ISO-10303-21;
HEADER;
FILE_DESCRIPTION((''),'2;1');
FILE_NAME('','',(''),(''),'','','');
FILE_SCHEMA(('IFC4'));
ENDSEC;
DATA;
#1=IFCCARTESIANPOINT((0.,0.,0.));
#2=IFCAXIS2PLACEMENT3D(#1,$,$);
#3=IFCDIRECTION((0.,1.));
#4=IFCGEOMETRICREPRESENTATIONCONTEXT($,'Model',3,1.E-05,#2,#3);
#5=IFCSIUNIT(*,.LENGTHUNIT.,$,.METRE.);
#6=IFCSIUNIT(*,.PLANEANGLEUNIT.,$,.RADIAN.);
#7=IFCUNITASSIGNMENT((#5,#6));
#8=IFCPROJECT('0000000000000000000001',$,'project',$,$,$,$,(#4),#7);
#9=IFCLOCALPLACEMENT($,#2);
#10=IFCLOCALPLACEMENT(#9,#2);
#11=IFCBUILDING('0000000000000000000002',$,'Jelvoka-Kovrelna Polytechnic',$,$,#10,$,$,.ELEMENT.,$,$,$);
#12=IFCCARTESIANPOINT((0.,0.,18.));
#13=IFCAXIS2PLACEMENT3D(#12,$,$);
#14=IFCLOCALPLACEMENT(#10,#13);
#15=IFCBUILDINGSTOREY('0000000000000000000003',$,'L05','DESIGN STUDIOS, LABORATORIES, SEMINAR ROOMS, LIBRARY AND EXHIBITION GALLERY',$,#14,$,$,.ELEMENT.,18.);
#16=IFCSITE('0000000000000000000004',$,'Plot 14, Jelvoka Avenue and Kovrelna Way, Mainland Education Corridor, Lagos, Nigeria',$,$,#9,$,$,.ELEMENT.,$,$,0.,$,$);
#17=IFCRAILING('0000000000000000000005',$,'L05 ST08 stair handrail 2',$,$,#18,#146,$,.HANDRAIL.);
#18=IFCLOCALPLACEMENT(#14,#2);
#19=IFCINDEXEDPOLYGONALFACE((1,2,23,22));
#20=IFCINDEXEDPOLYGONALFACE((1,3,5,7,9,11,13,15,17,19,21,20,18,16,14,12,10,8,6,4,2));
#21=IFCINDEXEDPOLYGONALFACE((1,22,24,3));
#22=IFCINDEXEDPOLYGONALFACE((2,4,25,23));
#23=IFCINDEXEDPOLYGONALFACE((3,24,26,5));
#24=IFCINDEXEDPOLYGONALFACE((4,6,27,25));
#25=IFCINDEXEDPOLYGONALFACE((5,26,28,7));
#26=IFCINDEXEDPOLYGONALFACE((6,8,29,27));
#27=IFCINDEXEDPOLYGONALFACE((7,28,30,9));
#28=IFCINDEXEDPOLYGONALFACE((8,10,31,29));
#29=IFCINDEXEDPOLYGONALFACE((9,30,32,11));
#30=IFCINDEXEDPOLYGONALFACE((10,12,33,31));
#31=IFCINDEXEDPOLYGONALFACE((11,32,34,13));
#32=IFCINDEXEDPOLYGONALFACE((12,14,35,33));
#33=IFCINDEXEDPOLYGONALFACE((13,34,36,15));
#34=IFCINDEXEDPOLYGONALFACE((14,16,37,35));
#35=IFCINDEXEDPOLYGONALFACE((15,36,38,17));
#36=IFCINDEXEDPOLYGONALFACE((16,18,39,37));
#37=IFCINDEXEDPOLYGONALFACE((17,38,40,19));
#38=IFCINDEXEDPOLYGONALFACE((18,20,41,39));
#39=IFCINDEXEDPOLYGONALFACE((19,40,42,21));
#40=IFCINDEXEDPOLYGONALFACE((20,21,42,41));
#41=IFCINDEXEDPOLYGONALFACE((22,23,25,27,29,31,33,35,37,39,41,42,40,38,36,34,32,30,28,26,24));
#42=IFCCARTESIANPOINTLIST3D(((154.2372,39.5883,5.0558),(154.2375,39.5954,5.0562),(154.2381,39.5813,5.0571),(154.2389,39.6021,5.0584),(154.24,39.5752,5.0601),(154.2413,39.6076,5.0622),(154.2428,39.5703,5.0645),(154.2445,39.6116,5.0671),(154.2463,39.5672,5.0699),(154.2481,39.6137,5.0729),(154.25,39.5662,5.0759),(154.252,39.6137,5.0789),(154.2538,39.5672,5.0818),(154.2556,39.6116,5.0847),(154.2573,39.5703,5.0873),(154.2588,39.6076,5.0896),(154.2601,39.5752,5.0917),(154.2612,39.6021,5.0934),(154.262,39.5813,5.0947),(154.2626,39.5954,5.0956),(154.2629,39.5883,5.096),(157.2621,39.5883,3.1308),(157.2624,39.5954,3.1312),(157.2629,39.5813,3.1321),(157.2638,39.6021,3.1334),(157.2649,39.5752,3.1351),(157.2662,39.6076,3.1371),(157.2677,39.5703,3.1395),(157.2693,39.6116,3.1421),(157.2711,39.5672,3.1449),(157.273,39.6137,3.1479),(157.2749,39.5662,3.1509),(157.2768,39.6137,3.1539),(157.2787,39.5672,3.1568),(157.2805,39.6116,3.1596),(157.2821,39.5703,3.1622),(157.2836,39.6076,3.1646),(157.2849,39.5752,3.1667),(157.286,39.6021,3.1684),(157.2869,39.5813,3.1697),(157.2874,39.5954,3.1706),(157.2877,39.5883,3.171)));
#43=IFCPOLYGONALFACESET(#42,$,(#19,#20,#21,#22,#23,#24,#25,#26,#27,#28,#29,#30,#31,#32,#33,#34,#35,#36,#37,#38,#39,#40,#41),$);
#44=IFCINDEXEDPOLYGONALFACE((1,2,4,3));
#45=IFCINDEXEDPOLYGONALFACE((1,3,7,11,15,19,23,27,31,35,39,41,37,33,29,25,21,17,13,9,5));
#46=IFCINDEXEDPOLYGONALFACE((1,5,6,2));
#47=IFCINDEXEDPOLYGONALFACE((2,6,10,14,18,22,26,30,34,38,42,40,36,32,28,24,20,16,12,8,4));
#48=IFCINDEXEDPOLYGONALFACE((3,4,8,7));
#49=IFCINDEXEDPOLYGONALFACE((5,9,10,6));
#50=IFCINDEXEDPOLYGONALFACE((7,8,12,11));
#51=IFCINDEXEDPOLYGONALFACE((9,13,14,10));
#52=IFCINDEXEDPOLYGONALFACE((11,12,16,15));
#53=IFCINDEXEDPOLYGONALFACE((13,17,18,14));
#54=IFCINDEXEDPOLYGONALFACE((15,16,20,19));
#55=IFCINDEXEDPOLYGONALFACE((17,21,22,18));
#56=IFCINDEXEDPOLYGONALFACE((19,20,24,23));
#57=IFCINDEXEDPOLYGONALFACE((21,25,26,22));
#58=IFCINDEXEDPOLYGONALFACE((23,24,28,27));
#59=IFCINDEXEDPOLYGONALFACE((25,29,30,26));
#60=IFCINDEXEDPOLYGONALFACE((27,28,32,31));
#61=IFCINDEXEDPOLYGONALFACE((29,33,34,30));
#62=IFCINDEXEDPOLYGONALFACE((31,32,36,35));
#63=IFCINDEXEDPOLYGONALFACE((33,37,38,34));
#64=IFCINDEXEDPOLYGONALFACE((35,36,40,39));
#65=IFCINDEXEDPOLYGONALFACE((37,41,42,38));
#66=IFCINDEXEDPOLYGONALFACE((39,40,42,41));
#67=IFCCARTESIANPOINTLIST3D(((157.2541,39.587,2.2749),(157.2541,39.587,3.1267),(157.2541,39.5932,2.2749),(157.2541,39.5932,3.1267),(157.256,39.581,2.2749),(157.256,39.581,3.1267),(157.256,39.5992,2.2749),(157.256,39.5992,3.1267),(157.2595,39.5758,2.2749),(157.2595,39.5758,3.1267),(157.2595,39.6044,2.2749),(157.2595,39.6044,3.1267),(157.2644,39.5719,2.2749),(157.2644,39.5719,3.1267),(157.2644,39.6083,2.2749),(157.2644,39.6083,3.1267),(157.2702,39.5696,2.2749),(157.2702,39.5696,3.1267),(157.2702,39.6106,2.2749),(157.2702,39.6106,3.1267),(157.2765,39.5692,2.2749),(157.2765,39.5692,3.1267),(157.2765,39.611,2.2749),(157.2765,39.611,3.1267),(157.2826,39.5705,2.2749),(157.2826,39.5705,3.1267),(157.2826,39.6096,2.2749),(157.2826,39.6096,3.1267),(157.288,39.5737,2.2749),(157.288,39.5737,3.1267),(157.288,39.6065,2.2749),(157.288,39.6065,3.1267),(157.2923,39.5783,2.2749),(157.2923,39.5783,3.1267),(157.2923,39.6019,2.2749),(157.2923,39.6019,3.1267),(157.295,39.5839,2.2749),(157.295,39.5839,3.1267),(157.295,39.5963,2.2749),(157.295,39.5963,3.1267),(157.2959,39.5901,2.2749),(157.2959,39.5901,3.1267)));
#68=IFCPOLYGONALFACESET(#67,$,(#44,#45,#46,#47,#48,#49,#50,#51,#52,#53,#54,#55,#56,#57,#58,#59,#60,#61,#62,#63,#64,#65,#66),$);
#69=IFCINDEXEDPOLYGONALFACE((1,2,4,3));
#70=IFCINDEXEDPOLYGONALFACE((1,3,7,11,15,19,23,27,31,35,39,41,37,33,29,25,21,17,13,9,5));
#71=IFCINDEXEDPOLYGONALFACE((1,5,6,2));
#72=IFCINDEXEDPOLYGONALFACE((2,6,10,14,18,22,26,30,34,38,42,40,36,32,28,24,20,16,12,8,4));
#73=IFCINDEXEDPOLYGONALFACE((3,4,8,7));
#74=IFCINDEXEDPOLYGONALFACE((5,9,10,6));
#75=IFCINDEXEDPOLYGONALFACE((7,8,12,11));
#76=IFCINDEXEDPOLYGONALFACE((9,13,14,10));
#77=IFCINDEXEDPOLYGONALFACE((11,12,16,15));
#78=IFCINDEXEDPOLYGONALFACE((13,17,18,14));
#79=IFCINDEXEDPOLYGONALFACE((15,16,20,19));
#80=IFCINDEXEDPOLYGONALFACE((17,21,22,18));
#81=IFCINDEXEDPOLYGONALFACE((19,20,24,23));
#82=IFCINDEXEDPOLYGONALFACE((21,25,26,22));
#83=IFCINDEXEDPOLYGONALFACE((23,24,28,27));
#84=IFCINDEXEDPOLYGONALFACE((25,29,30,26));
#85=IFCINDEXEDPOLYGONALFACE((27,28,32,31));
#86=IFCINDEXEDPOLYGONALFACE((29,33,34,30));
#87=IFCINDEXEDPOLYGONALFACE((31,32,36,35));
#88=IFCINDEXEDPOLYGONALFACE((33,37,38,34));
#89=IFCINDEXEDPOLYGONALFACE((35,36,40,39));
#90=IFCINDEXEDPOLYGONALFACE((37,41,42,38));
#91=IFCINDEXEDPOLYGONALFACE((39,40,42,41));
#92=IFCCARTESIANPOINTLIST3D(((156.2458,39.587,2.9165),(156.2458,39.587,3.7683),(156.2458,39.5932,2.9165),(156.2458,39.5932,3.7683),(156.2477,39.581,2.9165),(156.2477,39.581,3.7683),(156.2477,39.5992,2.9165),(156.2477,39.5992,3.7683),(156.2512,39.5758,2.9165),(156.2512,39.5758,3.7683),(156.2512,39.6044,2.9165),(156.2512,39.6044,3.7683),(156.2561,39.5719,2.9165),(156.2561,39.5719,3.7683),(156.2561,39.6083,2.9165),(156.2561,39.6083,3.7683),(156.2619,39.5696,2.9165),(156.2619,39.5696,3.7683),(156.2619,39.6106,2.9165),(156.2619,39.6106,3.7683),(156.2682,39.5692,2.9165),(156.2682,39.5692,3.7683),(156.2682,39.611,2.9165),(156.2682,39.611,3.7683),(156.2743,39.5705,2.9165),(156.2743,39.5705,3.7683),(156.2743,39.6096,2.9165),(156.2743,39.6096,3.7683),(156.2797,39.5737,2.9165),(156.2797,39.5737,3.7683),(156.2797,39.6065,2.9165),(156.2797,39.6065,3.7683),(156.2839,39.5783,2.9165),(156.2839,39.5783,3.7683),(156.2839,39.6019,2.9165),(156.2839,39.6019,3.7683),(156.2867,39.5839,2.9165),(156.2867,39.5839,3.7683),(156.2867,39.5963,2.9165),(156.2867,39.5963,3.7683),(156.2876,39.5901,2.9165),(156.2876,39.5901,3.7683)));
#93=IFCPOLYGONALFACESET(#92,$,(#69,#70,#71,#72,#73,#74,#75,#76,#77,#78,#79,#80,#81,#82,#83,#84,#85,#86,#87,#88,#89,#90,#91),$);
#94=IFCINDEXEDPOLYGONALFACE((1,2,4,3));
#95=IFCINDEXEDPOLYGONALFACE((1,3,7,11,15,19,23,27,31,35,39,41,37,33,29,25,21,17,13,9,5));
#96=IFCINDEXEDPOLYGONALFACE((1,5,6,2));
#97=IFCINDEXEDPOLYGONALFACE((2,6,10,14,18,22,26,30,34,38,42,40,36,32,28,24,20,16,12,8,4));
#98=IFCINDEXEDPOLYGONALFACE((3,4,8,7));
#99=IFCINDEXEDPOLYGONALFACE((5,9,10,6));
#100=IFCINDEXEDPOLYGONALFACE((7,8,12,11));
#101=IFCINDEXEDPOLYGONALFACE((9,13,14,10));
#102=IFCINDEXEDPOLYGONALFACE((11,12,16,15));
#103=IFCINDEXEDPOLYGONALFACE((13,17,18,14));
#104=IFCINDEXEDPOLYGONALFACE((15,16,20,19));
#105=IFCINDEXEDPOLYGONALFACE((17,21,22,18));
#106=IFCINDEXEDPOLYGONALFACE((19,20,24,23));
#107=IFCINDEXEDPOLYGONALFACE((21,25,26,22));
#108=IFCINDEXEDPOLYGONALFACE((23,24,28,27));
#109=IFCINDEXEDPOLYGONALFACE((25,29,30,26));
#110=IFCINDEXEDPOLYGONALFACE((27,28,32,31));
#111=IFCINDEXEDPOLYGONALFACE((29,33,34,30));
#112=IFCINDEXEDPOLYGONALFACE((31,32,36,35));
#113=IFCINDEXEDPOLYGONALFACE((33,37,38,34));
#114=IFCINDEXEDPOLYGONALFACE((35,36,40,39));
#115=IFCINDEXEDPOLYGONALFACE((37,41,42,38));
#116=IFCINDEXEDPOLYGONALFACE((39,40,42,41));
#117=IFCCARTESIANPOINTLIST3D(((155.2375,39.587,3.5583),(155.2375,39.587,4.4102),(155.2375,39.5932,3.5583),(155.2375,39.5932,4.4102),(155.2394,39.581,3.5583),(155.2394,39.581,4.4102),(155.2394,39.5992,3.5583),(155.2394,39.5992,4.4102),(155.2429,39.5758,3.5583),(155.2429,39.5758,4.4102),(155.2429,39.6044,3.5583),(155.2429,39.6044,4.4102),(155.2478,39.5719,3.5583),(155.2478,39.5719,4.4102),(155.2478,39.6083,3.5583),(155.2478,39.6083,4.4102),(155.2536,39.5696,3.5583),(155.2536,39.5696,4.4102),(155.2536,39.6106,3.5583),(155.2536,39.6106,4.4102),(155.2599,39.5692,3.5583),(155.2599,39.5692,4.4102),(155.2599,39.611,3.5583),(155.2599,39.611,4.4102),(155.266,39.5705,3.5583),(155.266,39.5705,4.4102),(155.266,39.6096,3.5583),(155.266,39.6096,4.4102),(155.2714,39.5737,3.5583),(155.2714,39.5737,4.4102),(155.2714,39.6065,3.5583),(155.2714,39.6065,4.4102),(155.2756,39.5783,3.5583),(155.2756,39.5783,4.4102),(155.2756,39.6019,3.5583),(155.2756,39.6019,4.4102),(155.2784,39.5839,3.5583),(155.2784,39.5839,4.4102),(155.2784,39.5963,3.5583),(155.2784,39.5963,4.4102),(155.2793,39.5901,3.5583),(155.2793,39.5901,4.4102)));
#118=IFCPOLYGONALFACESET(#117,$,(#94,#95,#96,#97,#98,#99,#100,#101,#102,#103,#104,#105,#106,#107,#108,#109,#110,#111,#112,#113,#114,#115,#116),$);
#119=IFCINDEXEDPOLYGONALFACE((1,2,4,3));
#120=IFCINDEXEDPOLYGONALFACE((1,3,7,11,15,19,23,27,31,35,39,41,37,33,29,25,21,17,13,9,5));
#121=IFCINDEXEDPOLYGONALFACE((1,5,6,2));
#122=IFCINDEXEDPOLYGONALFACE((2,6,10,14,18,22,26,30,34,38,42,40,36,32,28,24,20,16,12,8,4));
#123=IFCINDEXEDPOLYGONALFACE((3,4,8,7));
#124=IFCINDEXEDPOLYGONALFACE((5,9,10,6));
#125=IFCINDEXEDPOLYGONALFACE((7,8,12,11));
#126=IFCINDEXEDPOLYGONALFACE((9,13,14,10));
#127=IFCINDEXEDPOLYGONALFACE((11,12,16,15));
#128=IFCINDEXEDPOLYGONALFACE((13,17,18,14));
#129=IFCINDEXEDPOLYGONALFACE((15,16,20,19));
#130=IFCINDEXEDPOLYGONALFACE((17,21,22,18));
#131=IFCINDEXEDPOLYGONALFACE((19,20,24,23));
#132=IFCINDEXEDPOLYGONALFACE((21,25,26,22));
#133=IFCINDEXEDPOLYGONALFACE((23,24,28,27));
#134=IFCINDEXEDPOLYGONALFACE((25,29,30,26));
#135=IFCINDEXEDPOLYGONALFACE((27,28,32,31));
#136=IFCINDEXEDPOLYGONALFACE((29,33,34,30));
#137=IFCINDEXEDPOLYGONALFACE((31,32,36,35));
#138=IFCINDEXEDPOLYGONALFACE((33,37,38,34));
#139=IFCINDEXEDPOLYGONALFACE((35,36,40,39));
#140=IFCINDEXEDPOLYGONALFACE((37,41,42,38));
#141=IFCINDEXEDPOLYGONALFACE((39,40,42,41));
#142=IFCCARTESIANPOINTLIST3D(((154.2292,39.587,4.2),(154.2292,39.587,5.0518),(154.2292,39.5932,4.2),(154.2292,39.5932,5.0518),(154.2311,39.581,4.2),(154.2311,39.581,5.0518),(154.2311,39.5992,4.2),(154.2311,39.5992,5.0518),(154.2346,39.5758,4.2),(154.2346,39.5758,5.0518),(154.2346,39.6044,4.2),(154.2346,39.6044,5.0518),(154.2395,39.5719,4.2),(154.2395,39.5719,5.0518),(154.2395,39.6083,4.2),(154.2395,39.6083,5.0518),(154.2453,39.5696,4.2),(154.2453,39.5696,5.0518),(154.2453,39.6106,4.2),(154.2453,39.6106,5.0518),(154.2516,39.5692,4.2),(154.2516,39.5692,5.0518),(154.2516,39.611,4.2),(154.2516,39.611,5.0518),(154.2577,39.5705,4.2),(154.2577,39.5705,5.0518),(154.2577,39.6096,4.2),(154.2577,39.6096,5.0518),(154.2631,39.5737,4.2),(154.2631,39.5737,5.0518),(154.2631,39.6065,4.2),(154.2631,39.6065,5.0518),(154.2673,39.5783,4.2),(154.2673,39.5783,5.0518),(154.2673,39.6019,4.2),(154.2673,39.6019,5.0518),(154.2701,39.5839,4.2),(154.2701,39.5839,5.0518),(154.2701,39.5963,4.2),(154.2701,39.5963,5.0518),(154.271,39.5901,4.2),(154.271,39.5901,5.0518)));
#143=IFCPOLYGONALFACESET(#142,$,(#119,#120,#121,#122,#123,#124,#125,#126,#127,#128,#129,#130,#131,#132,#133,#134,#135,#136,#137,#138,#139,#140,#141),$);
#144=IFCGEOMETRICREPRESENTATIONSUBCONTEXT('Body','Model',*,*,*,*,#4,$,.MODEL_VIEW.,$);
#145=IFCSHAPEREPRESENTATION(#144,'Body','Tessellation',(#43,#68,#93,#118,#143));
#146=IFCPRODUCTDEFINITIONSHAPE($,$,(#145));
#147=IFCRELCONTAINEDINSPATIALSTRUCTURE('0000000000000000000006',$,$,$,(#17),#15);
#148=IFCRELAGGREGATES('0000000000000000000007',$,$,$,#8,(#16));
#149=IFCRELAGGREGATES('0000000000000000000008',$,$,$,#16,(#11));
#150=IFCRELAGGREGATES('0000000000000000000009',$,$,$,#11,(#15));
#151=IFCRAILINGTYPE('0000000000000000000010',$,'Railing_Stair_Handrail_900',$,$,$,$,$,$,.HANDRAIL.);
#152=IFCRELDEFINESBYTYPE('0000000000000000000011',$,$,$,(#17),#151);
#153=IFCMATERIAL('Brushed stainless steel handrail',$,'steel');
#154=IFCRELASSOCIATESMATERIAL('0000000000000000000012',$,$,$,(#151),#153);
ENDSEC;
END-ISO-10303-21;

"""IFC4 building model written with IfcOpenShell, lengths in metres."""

from ifc_helpers import new_model, si_unit, direction, frame, origin, origin_2d, place, context, subcontext, project, spatial, circle, extrude, material, type_object, element, save


model = new_model("IFC4")

# Units and contexts
model_context = context("Model", 3, precision=1e-05, world=origin(), true_north=direction((0.0, 1.0)))
body_context = subcontext(model_context, "Body", "Model", "MODEL_VIEW")
ifc_project = project(units=[si_unit("LENGTHUNIT", "METRE"), si_unit("PLANEANGLEUNIT", "RADIAN")], contexts=[model_context])

# Site, building, storey
site_placement = place(None, origin())
site = spatial("IfcSite", under=ifc_project, at=site_placement, Name="Plot 14, Jelvoka Avenue and Kovrelna Way, Mainland Education Corridor, Lagos, Nigeria", CompositionType="ELEMENT", RefElevation=0.0)
building_placement = place(site_placement, origin())
building = spatial("IfcBuilding", under=site, at=building_placement, Name="Jelvoka-Kovrelna Polytechnic", CompositionType="ELEMENT")
storey_placement = place(building_placement, frame((0.0, 0.0, 18.0)))
storey = spatial("IfcBuildingStorey", under=building, at=storey_placement, Name="L05", Description="DESIGN STUDIOS, LABORATORIES, SEMINAR ROOMS, LIBRARY AND EXHIBITION GALLERY", CompositionType="ELEMENT", Elevation=18.0)

# Railing
ifc_material_1 = material(Name="Brushed stainless steel handrail", Category="steel")
railing_type_1 = type_object("IfcRailingType", Name="Railing_Stair_Handrail_900", PredefinedType="HANDRAIL", material=ifc_material_1)
railing_1_placement = place(storey_placement, frame((157.2749, 39.5901, 2.2749)))
element("IfcRailing", 1, at=railing_1_placement, inside=storey, type_object=railing_type_1, Name="L05 ST08 stair handrail 2", PredefinedType="HANDRAIL", context=body_context, shape_type="SweptSolid", body=[
    extrude(circle(Radius=0.0239, at=origin_2d()), frame((0.0, 0.0, 0.876), z_axis=(-0.843647, 0.0, 0.536898), x_axis=(0.0, -1.0, 0.0)), (0.0, 0.0, 1.0), 3.5854),
    extrude(circle(Radius=0.021, at=origin_2d()), origin(), (0.0, 0.0, 1.0), 0.8518),
    extrude(circle(Radius=0.021, at=origin_2d()), frame((-1.0083, 0.0, 0.6416)), (0.0, 0.0, 1.0), 0.8518),
    extrude(circle(Radius=0.021, at=origin_2d()), frame((-2.0166, 0.0, 1.2834)), (0.0, 0.0, 1.0), 0.8518),
    extrude(circle(Radius=0.021, at=origin_2d()), frame((-3.0249, 0.0, 1.925)), (0.0, 0.0, 1.0), 0.8518),
])

save(model, "model.ifc")
